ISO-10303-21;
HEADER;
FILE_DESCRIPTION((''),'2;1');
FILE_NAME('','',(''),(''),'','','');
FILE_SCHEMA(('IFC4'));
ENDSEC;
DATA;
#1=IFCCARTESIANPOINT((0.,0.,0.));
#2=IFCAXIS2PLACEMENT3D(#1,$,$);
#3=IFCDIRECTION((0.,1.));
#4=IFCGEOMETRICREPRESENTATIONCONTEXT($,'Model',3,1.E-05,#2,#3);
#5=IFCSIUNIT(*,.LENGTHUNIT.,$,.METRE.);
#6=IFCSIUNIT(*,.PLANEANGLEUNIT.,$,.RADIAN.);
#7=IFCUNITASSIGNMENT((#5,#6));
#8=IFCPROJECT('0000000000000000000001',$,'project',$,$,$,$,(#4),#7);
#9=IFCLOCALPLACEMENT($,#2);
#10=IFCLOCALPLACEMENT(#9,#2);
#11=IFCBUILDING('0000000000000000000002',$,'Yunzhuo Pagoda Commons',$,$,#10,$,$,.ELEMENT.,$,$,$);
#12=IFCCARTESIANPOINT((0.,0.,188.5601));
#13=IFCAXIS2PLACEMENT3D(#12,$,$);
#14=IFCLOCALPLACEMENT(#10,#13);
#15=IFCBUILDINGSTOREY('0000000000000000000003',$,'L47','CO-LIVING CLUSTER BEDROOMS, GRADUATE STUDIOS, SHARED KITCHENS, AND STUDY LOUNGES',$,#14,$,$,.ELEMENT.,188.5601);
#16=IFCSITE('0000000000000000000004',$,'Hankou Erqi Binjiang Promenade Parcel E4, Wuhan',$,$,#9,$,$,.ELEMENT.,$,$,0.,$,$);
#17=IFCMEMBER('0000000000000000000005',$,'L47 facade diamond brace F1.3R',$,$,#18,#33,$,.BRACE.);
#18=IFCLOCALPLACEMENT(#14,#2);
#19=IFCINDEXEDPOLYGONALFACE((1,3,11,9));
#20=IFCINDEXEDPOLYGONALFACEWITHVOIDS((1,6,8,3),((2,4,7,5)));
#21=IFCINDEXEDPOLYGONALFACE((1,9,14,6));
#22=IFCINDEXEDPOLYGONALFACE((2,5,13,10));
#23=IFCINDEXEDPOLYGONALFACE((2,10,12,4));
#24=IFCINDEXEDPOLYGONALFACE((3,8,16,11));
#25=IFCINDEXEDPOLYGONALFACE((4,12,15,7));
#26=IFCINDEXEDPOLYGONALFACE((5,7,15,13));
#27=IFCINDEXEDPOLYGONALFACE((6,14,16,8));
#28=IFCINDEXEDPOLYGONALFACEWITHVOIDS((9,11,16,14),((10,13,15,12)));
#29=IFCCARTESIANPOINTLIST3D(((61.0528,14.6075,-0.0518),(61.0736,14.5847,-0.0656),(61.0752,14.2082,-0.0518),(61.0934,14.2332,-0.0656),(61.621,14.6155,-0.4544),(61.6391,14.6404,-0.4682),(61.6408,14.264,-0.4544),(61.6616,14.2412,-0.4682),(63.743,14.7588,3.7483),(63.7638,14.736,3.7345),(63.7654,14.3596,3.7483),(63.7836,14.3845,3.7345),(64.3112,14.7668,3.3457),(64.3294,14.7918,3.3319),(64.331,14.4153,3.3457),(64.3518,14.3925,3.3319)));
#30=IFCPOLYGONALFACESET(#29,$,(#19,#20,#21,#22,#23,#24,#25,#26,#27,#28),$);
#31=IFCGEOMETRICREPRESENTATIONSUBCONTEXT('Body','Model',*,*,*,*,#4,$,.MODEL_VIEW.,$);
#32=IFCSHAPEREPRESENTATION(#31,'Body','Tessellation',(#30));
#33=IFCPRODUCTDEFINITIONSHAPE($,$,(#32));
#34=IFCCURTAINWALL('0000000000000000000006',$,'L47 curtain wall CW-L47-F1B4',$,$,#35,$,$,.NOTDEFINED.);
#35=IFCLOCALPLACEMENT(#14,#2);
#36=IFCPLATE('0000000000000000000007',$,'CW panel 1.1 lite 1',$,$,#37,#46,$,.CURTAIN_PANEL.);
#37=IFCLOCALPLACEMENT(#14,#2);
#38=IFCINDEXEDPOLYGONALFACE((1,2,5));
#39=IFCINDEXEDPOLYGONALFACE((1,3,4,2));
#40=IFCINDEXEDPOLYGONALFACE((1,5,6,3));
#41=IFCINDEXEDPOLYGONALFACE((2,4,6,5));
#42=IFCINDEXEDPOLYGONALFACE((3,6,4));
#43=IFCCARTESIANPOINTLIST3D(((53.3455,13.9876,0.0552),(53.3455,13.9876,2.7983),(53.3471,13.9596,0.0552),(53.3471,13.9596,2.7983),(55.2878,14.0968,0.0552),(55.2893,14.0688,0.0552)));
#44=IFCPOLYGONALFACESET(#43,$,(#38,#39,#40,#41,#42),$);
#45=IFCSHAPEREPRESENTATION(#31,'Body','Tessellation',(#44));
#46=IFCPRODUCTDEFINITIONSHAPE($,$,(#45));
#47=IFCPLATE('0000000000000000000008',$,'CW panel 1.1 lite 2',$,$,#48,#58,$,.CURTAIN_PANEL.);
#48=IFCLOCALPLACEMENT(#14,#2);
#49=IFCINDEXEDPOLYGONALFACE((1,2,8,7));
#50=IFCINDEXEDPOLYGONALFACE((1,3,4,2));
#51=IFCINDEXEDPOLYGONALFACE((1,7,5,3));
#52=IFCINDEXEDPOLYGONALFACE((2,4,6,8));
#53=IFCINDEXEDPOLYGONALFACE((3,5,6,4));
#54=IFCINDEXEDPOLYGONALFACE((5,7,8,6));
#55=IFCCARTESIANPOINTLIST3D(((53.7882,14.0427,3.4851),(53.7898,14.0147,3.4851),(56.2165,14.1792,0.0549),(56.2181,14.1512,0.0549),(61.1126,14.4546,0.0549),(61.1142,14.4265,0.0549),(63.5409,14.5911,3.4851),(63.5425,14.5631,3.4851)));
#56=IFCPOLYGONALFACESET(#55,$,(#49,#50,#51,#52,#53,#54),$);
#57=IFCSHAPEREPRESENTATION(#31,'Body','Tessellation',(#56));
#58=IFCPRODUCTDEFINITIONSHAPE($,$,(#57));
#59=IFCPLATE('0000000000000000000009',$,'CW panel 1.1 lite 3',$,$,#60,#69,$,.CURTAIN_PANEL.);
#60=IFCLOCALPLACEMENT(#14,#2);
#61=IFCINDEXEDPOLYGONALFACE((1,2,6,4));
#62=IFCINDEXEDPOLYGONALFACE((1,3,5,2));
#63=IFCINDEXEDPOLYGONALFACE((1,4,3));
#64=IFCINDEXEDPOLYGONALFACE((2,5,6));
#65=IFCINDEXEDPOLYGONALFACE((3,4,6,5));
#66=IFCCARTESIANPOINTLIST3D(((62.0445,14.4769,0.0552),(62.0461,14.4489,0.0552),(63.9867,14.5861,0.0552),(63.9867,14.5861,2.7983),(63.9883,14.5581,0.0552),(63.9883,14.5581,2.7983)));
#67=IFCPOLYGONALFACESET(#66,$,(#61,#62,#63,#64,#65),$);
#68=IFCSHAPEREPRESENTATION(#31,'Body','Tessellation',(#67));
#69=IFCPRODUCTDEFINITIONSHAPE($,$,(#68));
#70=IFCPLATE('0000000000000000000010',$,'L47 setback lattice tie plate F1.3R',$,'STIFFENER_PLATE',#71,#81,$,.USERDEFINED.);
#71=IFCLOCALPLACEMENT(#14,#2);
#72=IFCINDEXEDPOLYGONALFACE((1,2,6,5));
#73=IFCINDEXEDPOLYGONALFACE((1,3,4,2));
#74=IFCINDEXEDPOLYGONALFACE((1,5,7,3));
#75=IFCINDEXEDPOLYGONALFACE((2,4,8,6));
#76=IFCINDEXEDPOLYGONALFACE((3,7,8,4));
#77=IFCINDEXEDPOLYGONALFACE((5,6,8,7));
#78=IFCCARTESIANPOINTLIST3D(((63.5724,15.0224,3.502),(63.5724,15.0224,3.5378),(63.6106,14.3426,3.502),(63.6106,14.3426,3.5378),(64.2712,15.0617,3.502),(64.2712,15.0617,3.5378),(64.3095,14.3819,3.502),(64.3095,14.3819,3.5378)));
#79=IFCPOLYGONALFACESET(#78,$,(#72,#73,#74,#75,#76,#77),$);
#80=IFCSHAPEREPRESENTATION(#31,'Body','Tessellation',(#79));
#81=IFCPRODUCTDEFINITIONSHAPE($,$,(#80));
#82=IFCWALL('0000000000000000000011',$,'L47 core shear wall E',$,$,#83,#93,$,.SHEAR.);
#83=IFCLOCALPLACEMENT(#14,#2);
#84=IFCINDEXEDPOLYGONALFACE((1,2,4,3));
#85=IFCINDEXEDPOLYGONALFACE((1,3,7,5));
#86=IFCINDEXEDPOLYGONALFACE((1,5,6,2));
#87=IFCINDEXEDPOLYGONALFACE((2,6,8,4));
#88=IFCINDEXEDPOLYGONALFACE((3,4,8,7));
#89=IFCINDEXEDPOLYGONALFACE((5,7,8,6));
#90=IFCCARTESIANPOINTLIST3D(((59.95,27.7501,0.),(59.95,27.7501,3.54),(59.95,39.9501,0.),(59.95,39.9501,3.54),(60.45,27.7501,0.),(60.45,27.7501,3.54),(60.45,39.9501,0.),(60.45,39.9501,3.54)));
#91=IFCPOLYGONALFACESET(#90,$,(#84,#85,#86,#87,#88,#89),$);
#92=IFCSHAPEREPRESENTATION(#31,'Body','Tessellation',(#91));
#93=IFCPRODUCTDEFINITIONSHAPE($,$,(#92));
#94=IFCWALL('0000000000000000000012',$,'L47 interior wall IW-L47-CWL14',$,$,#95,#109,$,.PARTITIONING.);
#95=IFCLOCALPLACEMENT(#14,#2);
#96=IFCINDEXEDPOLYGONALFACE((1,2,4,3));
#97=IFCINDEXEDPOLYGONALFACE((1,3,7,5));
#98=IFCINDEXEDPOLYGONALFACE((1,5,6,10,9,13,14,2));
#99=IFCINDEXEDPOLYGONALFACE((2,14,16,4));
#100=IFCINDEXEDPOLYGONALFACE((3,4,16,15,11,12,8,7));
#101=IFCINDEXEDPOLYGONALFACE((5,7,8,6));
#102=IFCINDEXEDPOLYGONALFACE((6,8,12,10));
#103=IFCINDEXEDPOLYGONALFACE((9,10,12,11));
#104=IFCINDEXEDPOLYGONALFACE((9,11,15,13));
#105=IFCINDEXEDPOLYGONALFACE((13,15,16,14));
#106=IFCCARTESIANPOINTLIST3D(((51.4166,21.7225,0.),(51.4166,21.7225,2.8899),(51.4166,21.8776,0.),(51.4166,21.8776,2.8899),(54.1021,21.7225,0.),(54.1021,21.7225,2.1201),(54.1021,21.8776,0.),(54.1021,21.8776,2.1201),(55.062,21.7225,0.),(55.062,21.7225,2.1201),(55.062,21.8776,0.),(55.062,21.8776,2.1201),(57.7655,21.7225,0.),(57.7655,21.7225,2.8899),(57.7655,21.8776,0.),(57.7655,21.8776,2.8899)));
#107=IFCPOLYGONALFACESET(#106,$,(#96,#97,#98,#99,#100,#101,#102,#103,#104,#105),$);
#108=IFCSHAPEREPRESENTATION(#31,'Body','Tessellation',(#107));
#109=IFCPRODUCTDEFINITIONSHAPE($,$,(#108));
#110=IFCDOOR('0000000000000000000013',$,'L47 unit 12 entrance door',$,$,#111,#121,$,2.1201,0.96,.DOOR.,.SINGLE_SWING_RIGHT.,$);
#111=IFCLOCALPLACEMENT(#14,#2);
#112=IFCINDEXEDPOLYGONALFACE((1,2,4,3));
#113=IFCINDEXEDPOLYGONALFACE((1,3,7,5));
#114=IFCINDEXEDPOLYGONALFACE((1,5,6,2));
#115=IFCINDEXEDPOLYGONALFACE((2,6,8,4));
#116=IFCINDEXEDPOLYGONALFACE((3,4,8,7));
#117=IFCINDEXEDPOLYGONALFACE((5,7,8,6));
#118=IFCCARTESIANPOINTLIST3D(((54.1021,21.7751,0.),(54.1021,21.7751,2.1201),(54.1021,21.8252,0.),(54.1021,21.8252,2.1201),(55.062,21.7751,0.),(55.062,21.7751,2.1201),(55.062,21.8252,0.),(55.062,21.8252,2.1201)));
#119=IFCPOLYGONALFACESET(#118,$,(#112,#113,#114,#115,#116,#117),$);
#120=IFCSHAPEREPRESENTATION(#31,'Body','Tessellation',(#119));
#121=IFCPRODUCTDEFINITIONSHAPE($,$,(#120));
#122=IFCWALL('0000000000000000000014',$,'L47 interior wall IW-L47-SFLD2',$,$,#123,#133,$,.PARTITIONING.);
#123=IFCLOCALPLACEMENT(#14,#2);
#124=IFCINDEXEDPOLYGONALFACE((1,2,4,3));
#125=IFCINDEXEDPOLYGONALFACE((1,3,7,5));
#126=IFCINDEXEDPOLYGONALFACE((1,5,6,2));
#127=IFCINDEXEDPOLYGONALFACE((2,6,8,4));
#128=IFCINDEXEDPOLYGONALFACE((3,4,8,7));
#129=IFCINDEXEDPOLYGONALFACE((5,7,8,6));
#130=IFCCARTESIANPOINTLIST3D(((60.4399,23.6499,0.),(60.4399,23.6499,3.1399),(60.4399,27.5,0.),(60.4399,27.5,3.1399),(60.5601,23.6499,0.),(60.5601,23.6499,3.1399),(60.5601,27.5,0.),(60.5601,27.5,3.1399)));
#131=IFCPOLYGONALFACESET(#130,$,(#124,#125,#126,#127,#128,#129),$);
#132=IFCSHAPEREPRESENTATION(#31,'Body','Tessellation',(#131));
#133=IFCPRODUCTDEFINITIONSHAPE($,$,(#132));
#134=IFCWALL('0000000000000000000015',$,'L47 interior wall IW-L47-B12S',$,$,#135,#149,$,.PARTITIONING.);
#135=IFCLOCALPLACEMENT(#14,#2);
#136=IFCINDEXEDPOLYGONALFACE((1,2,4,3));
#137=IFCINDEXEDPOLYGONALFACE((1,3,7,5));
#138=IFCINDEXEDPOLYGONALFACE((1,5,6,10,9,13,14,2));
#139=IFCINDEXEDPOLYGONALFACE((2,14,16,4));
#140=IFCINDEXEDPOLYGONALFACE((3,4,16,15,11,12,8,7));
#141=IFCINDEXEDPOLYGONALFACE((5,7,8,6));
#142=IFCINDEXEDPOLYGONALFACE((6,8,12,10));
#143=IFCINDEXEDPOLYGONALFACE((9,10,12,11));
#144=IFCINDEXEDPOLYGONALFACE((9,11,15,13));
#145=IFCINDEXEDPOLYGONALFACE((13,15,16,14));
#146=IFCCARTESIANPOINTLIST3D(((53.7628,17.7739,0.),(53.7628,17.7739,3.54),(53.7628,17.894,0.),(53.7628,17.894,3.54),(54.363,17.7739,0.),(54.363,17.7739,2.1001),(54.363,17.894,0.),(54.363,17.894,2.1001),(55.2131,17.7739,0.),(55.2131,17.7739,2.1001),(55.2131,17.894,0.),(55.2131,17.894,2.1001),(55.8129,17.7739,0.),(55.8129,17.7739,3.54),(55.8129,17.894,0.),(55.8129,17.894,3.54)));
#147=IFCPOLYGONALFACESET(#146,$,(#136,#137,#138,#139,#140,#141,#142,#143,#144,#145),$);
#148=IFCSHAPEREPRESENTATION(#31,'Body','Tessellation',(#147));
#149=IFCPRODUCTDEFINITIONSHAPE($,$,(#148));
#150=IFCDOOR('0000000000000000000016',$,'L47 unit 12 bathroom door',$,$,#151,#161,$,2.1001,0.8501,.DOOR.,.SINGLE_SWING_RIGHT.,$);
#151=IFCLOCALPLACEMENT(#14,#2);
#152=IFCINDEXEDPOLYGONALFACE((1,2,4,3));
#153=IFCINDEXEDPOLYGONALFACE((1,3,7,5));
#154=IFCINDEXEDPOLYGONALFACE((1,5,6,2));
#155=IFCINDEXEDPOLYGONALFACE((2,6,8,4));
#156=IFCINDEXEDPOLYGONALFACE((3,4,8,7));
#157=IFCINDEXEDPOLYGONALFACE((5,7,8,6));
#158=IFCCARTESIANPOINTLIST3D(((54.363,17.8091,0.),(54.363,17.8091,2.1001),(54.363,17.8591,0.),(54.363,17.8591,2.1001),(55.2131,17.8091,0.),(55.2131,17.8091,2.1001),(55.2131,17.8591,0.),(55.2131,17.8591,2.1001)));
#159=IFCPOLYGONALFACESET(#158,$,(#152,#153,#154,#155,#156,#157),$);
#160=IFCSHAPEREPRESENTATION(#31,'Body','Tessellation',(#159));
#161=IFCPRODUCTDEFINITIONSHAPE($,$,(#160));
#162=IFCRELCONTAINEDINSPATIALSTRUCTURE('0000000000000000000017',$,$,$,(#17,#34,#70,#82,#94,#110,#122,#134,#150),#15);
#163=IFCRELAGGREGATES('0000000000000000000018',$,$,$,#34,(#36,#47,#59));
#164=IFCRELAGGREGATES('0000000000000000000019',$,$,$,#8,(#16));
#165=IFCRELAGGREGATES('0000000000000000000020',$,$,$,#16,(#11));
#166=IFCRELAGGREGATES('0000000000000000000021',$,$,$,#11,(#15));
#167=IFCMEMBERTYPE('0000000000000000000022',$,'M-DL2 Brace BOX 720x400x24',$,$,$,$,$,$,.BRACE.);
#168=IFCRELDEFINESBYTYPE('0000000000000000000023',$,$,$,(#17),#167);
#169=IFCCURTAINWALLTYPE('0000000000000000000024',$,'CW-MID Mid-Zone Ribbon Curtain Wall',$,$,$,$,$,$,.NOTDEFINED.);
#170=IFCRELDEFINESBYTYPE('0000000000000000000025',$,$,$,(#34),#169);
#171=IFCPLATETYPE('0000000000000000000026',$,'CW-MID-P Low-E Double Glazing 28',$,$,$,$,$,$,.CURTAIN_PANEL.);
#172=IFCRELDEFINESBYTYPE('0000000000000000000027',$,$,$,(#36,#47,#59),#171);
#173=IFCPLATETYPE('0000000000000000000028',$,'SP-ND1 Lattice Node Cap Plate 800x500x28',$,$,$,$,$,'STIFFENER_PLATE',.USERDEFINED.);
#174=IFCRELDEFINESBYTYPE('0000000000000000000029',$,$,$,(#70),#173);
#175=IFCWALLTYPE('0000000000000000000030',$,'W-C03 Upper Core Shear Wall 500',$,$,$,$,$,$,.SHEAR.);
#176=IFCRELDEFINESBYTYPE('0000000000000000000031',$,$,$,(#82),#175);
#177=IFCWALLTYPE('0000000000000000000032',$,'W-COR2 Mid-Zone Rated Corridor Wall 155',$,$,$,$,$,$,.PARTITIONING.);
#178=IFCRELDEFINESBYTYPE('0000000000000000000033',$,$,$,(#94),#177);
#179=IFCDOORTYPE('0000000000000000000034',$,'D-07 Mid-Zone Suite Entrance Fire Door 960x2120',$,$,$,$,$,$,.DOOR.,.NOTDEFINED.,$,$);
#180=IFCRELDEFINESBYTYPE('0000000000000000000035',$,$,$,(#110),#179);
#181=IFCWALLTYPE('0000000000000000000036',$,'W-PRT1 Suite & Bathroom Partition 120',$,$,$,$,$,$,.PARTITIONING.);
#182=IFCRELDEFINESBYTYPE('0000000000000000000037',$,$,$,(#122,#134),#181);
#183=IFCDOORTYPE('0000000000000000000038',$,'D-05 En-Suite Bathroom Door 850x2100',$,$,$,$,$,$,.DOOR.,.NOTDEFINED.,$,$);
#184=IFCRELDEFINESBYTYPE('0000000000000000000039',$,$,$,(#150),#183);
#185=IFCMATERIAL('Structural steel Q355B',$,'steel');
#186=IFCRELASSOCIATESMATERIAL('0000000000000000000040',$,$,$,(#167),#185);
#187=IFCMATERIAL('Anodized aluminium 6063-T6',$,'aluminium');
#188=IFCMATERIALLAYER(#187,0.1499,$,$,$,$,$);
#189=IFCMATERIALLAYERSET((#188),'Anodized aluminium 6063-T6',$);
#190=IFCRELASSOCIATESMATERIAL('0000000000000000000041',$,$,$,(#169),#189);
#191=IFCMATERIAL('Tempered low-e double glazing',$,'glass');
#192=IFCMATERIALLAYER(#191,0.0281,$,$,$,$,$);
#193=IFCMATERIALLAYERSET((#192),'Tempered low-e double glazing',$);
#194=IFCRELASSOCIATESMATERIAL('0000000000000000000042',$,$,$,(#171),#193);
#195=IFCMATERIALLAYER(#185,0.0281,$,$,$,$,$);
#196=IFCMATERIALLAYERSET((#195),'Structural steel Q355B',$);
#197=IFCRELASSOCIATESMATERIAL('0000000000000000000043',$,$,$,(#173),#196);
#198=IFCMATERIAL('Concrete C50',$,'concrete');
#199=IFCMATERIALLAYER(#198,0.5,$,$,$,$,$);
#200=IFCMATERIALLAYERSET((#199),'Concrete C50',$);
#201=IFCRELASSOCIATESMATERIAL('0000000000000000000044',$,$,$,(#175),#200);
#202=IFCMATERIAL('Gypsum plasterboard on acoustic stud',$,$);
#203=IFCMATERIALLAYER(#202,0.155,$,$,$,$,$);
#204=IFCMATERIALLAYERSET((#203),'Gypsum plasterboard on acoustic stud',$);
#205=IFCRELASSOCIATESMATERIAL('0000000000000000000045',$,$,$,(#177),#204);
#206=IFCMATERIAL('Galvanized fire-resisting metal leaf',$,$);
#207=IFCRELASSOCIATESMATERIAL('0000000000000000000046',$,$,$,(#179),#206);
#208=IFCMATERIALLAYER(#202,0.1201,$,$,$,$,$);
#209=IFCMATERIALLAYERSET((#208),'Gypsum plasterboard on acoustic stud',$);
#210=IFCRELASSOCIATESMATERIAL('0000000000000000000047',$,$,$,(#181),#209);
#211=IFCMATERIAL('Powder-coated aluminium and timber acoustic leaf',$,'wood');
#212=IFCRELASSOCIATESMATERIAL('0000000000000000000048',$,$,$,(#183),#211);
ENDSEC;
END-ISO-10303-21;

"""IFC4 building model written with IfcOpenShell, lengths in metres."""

from ifc_helpers import new_model, si_unit, direction, frame, frame_2d, origin, origin_with_axes, origin_2d, place, context, subcontext, project, spatial, polyline, rectangle, hollow_rectangle, outline, extrude, source, transform, mapped, material, layer, layer_set, material_profile, profile_set, type_object, element, fill, aggregate, save


model = new_model("IFC4")

# Units and contexts
model_context = context("Model", 3, precision=1e-05, world=origin(), true_north=direction((0.0, 1.0)))
body_context = subcontext(model_context, "Body", "Model", "MODEL_VIEW")
ifc_project = project(units=[si_unit("LENGTHUNIT", "METRE"), si_unit("PLANEANGLEUNIT", "RADIAN")], contexts=[model_context])

# Site, building, storey
site_placement = place(None, origin())
site = spatial("IfcSite", under=ifc_project, at=site_placement, Name="Hankou Erqi Binjiang Promenade Parcel E4, Wuhan", CompositionType="ELEMENT", RefElevation=0.0)
building_placement = place(site_placement, origin())
building = spatial("IfcBuilding", under=site, at=building_placement, Name="Yunzhuo Pagoda Commons", CompositionType="ELEMENT")
storey_placement = place(building_placement, frame((0.0, 0.0, 188.5601)))
storey = spatial("IfcBuildingStorey", under=building, at=storey_placement, Name="L47", Description="CO-LIVING CLUSTER BEDROOMS, GRADUATE STUDIOS, SHARED KITCHENS, AND STUDY LOUNGES", CompositionType="ELEMENT", Elevation=188.5601)

# Shared definitions
ifc_material_1 = material(Name="Structural steel Q355B", Category="steel")

# Member
ifc_material_profile_1 = material_profile(ifc_material_1, hollow_rectangle(XDim=0.3999, YDim=0.72, WallThickness=0.0239, at=origin_2d()), Name="Structural steel Q355B")
ifc_profile_set_1 = profile_set([ifc_material_profile_1], Name="Structural steel Q355B")
member_type = type_object("IfcMemberType", Name="M-DL2 Brace BOX 720x400x24", PredefinedType="BRACE", material=ifc_profile_set_1)
shared_shape_1 = source(origin(), body_context, "Body", "SweptSolid", [
    extrude(hollow_rectangle(XDim=0.3999, YDim=0.72, WallThickness=0.0239, at=origin_2d()), origin(), (0.0, 0.0, 1.0), 4.6584),
])
for number, where, z_axis, x_axis, name in (
    (1, (61.3572, 14.4243, -0.26), (0.577495, 0.032494, 0.815747), (-0.056178, 0.998421, 0.0), "L47 facade diamond brace F1.3R"),
):
    element("IfcMember", number, at=place(storey_placement, frame(where, z_axis=z_axis, x_axis=x_axis)), inside=storey, type_object=member_type, Name=name, PredefinedType="BRACE", context=body_context, shape_type="MappedRepresentation", body=[
        mapped(shared_shape_1, transform((0.0, 0.0, 0.0), scale=1.0)),
    ])

# Curtain wall, plates
ifc_material_2 = material(Name="Anodized aluminium 6063-T6", Category="aluminium")
ifc_layer_1 = layer(ifc_material_2, 0.1499)
ifc_layer_set_1 = layer_set([ifc_layer_1], Name="Anodized aluminium 6063-T6")
curtain_wall_type = type_object("IfcCurtainWallType", Name="CW-MID Mid-Zone Ribbon Curtain Wall", PredefinedType="NOTDEFINED", material=ifc_layer_set_1)
curtain_wall_placement = place(storey_placement, origin())
curtain_wall = element("IfcCurtainWall", 2, at=curtain_wall_placement, inside=storey, type_object=curtain_wall_type, Name="L47 curtain wall CW-L47-F1B4", PredefinedType="NOTDEFINED")
ifc_material_3 = material(Name="Tempered low-e double glazing", Category="glass")
ifc_layer_2 = layer(ifc_material_3, 0.0281)
ifc_layer_set_2 = layer_set([ifc_layer_2], Name="Tempered low-e double glazing")
plate_type_1 = type_object("IfcPlateType", Name="CW-MID-P Low-E Double Glazing 28", PredefinedType="CURTAIN_PANEL", material=ifc_layer_set_2)
plate_1_placement = place(storey_placement, frame((54.3167, 14.0422, 1.4268), z_axis=(0.056143, -0.998423, 0.0), x_axis=(0.998423, 0.056143, 0.0)))
plate_1 = element("IfcPlate", 3, at=plate_1_placement, type_object=plate_type_1, Name="CW panel 1.1 lite 1", PredefinedType="CURTAIN_PANEL", context=body_context, shape_type="SweptSolid", body=[
    extrude(outline(polyline([(-0.9727, -1.3716), (0.9727, -1.3716), (-0.9727, 1.3716), (-0.9727, -1.3716)])), origin(), (0.0, 0.0, 1.0), 0.0281),
])
plate_2_placement = place(storey_placement, frame((58.6646, 14.3169, 1.77), z_axis=(0.056143, -0.998423, 0.0), x_axis=(0.998423, 0.056143, 0.0)))
plate_2 = element("IfcPlate", 4, at=plate_2_placement, type_object=plate_type_1, Name="CW panel 1.1 lite 2", PredefinedType="CURTAIN_PANEL", context=body_context, shape_type="SweptSolid", body=[
    extrude(outline(polyline([(-4.884, 1.7151), (-2.4519, -1.7151), (2.4519, -1.7151), (4.884, 1.7151), (-4.884, 1.7151)])), origin(), (0.0, 0.0, 1.0), 0.0281),
])
plate_3_placement = place(storey_placement, frame((63.0156, 14.5315, 1.4268), z_axis=(0.056143, -0.998423, 0.0), x_axis=(0.998423, 0.056143, 0.0)))
plate_3 = element("IfcPlate", 5, at=plate_3_placement, type_object=plate_type_1, Name="CW panel 1.1 lite 3", PredefinedType="CURTAIN_PANEL", context=body_context, shape_type="SweptSolid", body=[
    extrude(outline(polyline([(-0.9727, -1.3716), (0.9727, -1.3716), (0.9727, 1.3716), (-0.9727, -1.3716)])), origin(), (0.0, 0.0, 1.0), 0.0281),
])
aggregate(curtain_wall, [plate_1, plate_2, plate_3])

# Plate
ifc_layer_3 = layer(ifc_material_1, 0.0281)
ifc_layer_set_3 = layer_set([ifc_layer_3], Name="Structural steel Q355B")
plate_type_2 = type_object("IfcPlateType", Name="SP-ND1 Lattice Node Cap Plate 800x500x28", ElementType="STIFFENER_PLATE", PredefinedType="USERDEFINED", material=ifc_layer_set_3)
shared_shape_2 = source(origin(), body_context, "Body", "SweptSolid", [
    extrude(rectangle(XDim=0.7, YDim=0.6809, at=origin_2d()), origin(), (0.0, 0.0, 1.0), 0.0359),
])
plate_4_placement = place(storey_placement, frame((63.9409, 14.7021, 3.502), z_axis=(0.0, 0.0, 1.0), x_axis=(0.998423, 0.056135, 0.0)))
element("IfcPlate", 6, at=plate_4_placement, inside=storey, type_object=plate_type_2, Name="L47 setback lattice tie plate F1.3R", ObjectType="STIFFENER_PLATE", PredefinedType="USERDEFINED", context=body_context, shape_type="MappedRepresentation", body=[
    mapped(shared_shape_2, transform((0.0, 0.0, 0.0), scale=1.0)),
])

# Wall
ifc_material_4 = material(Name="Concrete C50", Category="concrete")
ifc_layer_4 = layer(ifc_material_4, 0.5)
ifc_layer_set_4 = layer_set([ifc_layer_4], Name="Concrete C50")
wall_type_1 = type_object("IfcWallType", Name="W-C03 Upper Core Shear Wall 500", PredefinedType="SHEAR", material=ifc_layer_set_4)
wall_1_placement = place(storey_placement, frame((60.2, 27.75, 0.0), z_axis=(0.0, 0.0, 1.0), x_axis=(0.0, 1.0, 0.0)))
element("IfcWall", 7, at=wall_1_placement, inside=storey, type_object=wall_type_1, Name="L47 core shear wall E", PredefinedType="SHEAR", context=body_context, shape_type="SweptSolid", body=[
    extrude(rectangle(XDim=12.2, YDim=0.5, at=frame_2d((6.1001, 0.0))), origin(), (0.0, 0.0, 1.0), 3.54),
])

# Wall, opening, door
ifc_material_5 = material(Name="Gypsum plasterboard on acoustic stud")
ifc_layer_5 = layer(ifc_material_5, 0.155)
ifc_layer_set_5 = layer_set([ifc_layer_5], Name="Gypsum plasterboard on acoustic stud")
wall_type_2 = type_object("IfcWallType", Name="W-COR2 Mid-Zone Rated Corridor Wall 155", PredefinedType="PARTITIONING", material=ifc_layer_set_5)
wall_2_placement = place(storey_placement, frame((57.7654, 21.8, 0.0), z_axis=(0.0, 0.0, 1.0), x_axis=(-1.0, 0.0, 0.0)))
wall_2 = element("IfcWall", 8, at=wall_2_placement, inside=storey, type_object=wall_type_2, Name="L47 interior wall IW-L47-CWL14", PredefinedType="PARTITIONING", context=body_context, shape_type="SweptSolid", body=[
    extrude(rectangle(XDim=6.3489, YDim=0.155, at=frame_2d((3.1743, 0.0))), origin(), (0.0, 0.0, 1.0), 2.8899),
])
opening_1_placement = place(wall_2_placement, frame((2.7034, 0.0, 0.0)))
opening_1 = element("IfcOpeningElement", 9, at=opening_1_placement, cuts=wall_2, PredefinedType="OPENING", context=body_context, shape_type="SweptSolid", body=[
    extrude(rectangle(XDim=0.96, YDim=2.1201, at=frame_2d((0.48, 1.0601))), frame((0.0, 0.0874, 0.0), z_axis=(0.0, -1.0, 0.0), x_axis=(1.0, 0.0, 0.0)), (0.0, 0.0, 1.0), 0.175),
])
ifc_material_6 = material(Name="Galvanized fire-resisting metal leaf")
door_type_1 = type_object("IfcDoorType", Name="D-07 Mid-Zone Suite Entrance Fire Door 960x2120", OperationType="NOTDEFINED", PredefinedType="DOOR", material=ifc_material_6)
shared_shape_3 = source(origin(), body_context, "Body", "SweptSolid", [
    extrude(rectangle(XDim=0.96, YDim=2.1201, at=frame_2d((0.48, 1.0601))), frame((0.0, 0.0249, 0.0), z_axis=(0.0, -1.0, 0.0), x_axis=(1.0, 0.0, 0.0)), (0.0, 0.0, 1.0), 0.05),
])
door_1_placement = place(opening_1_placement, origin_with_axes())
door_1 = element("IfcDoor", 10, at=door_1_placement, inside=storey, type_object=door_type_1, Name="L47 unit 12 entrance door", OperationType="SINGLE_SWING_RIGHT", OverallHeight=2.1201, OverallWidth=0.96, PredefinedType="DOOR", context=body_context, shape_type="MappedRepresentation", body=[
    mapped(shared_shape_3, transform((0.0, 0.0, 0.0), scale=1.0)),
])
fill(opening_1, door_1)

# Wall
ifc_layer_6 = layer(ifc_material_5, 0.1201)
ifc_layer_set_6 = layer_set([ifc_layer_6], Name="Gypsum plasterboard on acoustic stud")
wall_type_3 = type_object("IfcWallType", Name="W-PRT1 Suite & Bathroom Partition 120", PredefinedType="PARTITIONING", material=ifc_layer_set_6)
wall_3_placement = place(storey_placement, frame((60.5, 23.6499, 0.0), z_axis=(0.0, 0.0, 1.0), x_axis=(0.0, 1.0, 0.0)))
element("IfcWall", 11, at=wall_3_placement, inside=storey, type_object=wall_type_3, Name="L47 interior wall IW-L47-SFLD2", PredefinedType="PARTITIONING", context=body_context, shape_type="SweptSolid", body=[
    extrude(rectangle(XDim=3.8501, YDim=0.1201, at=frame_2d((1.925, 0.0))), origin(), (0.0, 0.0, 1.0), 3.1399),
])

# Wall, opening, door
wall_4_placement = place(storey_placement, frame((53.7629, 17.834, 0.0), z_axis=(0.0, 0.0, 1.0), x_axis=(1.0, 0.0, 0.0)))
wall_4 = element("IfcWall", 12, at=wall_4_placement, inside=storey, type_object=wall_type_3, Name="L47 interior wall IW-L47-B12S", PredefinedType="PARTITIONING", context=body_context, shape_type="SweptSolid", body=[
    extrude(rectangle(XDim=2.05, YDim=0.1201, at=frame_2d((1.0249, 0.0))), origin(), (0.0, 0.0, 1.0), 3.54),
])
opening_2_placement = place(wall_4_placement, frame((0.6001, 0.0, 0.0)))
opening_2 = element("IfcOpeningElement", 13, at=opening_2_placement, cuts=wall_4, PredefinedType="OPENING", context=body_context, shape_type="SweptSolid", body=[
    extrude(rectangle(XDim=0.8501, YDim=2.1001, at=frame_2d((0.425, 1.05))), frame((0.0, 0.0701, 0.0), z_axis=(0.0, -1.0, 0.0), x_axis=(1.0, 0.0, 0.0)), (0.0, 0.0, 1.0), 0.1401),
])
ifc_material_7 = material(Name="Powder-coated aluminium and timber acoustic leaf", Category="wood")
door_type_2 = type_object("IfcDoorType", Name="D-05 En-Suite Bathroom Door 850x2100", OperationType="NOTDEFINED", PredefinedType="DOOR", material=ifc_material_7)
shared_shape_4 = source(origin(), body_context, "Body", "SweptSolid", [
    extrude(rectangle(XDim=0.8501, YDim=2.1001, at=frame_2d((0.425, 1.05))), frame((0.0, 0.0249, 0.0), z_axis=(0.0, -1.0, 0.0), x_axis=(1.0, 0.0, 0.0)), (0.0, 0.0, 1.0), 0.05),
])
door_2_placement = place(opening_2_placement, frame((0.8501, 0.0, 0.0), z_axis=(0.0, 0.0, 1.0), x_axis=(-1.0, 0.0, 0.0)))
door_2 = element("IfcDoor", 14, at=door_2_placement, inside=storey, type_object=door_type_2, Name="L47 unit 12 bathroom door", OperationType="SINGLE_SWING_RIGHT", OverallHeight=2.1001, OverallWidth=0.8501, PredefinedType="DOOR", context=body_context, shape_type="MappedRepresentation", body=[
    mapped(shared_shape_4, transform((0.0, 0.0, 0.0), scale=1.0)),
])
fill(opening_2, door_2)

save(model, "model.ifc")
